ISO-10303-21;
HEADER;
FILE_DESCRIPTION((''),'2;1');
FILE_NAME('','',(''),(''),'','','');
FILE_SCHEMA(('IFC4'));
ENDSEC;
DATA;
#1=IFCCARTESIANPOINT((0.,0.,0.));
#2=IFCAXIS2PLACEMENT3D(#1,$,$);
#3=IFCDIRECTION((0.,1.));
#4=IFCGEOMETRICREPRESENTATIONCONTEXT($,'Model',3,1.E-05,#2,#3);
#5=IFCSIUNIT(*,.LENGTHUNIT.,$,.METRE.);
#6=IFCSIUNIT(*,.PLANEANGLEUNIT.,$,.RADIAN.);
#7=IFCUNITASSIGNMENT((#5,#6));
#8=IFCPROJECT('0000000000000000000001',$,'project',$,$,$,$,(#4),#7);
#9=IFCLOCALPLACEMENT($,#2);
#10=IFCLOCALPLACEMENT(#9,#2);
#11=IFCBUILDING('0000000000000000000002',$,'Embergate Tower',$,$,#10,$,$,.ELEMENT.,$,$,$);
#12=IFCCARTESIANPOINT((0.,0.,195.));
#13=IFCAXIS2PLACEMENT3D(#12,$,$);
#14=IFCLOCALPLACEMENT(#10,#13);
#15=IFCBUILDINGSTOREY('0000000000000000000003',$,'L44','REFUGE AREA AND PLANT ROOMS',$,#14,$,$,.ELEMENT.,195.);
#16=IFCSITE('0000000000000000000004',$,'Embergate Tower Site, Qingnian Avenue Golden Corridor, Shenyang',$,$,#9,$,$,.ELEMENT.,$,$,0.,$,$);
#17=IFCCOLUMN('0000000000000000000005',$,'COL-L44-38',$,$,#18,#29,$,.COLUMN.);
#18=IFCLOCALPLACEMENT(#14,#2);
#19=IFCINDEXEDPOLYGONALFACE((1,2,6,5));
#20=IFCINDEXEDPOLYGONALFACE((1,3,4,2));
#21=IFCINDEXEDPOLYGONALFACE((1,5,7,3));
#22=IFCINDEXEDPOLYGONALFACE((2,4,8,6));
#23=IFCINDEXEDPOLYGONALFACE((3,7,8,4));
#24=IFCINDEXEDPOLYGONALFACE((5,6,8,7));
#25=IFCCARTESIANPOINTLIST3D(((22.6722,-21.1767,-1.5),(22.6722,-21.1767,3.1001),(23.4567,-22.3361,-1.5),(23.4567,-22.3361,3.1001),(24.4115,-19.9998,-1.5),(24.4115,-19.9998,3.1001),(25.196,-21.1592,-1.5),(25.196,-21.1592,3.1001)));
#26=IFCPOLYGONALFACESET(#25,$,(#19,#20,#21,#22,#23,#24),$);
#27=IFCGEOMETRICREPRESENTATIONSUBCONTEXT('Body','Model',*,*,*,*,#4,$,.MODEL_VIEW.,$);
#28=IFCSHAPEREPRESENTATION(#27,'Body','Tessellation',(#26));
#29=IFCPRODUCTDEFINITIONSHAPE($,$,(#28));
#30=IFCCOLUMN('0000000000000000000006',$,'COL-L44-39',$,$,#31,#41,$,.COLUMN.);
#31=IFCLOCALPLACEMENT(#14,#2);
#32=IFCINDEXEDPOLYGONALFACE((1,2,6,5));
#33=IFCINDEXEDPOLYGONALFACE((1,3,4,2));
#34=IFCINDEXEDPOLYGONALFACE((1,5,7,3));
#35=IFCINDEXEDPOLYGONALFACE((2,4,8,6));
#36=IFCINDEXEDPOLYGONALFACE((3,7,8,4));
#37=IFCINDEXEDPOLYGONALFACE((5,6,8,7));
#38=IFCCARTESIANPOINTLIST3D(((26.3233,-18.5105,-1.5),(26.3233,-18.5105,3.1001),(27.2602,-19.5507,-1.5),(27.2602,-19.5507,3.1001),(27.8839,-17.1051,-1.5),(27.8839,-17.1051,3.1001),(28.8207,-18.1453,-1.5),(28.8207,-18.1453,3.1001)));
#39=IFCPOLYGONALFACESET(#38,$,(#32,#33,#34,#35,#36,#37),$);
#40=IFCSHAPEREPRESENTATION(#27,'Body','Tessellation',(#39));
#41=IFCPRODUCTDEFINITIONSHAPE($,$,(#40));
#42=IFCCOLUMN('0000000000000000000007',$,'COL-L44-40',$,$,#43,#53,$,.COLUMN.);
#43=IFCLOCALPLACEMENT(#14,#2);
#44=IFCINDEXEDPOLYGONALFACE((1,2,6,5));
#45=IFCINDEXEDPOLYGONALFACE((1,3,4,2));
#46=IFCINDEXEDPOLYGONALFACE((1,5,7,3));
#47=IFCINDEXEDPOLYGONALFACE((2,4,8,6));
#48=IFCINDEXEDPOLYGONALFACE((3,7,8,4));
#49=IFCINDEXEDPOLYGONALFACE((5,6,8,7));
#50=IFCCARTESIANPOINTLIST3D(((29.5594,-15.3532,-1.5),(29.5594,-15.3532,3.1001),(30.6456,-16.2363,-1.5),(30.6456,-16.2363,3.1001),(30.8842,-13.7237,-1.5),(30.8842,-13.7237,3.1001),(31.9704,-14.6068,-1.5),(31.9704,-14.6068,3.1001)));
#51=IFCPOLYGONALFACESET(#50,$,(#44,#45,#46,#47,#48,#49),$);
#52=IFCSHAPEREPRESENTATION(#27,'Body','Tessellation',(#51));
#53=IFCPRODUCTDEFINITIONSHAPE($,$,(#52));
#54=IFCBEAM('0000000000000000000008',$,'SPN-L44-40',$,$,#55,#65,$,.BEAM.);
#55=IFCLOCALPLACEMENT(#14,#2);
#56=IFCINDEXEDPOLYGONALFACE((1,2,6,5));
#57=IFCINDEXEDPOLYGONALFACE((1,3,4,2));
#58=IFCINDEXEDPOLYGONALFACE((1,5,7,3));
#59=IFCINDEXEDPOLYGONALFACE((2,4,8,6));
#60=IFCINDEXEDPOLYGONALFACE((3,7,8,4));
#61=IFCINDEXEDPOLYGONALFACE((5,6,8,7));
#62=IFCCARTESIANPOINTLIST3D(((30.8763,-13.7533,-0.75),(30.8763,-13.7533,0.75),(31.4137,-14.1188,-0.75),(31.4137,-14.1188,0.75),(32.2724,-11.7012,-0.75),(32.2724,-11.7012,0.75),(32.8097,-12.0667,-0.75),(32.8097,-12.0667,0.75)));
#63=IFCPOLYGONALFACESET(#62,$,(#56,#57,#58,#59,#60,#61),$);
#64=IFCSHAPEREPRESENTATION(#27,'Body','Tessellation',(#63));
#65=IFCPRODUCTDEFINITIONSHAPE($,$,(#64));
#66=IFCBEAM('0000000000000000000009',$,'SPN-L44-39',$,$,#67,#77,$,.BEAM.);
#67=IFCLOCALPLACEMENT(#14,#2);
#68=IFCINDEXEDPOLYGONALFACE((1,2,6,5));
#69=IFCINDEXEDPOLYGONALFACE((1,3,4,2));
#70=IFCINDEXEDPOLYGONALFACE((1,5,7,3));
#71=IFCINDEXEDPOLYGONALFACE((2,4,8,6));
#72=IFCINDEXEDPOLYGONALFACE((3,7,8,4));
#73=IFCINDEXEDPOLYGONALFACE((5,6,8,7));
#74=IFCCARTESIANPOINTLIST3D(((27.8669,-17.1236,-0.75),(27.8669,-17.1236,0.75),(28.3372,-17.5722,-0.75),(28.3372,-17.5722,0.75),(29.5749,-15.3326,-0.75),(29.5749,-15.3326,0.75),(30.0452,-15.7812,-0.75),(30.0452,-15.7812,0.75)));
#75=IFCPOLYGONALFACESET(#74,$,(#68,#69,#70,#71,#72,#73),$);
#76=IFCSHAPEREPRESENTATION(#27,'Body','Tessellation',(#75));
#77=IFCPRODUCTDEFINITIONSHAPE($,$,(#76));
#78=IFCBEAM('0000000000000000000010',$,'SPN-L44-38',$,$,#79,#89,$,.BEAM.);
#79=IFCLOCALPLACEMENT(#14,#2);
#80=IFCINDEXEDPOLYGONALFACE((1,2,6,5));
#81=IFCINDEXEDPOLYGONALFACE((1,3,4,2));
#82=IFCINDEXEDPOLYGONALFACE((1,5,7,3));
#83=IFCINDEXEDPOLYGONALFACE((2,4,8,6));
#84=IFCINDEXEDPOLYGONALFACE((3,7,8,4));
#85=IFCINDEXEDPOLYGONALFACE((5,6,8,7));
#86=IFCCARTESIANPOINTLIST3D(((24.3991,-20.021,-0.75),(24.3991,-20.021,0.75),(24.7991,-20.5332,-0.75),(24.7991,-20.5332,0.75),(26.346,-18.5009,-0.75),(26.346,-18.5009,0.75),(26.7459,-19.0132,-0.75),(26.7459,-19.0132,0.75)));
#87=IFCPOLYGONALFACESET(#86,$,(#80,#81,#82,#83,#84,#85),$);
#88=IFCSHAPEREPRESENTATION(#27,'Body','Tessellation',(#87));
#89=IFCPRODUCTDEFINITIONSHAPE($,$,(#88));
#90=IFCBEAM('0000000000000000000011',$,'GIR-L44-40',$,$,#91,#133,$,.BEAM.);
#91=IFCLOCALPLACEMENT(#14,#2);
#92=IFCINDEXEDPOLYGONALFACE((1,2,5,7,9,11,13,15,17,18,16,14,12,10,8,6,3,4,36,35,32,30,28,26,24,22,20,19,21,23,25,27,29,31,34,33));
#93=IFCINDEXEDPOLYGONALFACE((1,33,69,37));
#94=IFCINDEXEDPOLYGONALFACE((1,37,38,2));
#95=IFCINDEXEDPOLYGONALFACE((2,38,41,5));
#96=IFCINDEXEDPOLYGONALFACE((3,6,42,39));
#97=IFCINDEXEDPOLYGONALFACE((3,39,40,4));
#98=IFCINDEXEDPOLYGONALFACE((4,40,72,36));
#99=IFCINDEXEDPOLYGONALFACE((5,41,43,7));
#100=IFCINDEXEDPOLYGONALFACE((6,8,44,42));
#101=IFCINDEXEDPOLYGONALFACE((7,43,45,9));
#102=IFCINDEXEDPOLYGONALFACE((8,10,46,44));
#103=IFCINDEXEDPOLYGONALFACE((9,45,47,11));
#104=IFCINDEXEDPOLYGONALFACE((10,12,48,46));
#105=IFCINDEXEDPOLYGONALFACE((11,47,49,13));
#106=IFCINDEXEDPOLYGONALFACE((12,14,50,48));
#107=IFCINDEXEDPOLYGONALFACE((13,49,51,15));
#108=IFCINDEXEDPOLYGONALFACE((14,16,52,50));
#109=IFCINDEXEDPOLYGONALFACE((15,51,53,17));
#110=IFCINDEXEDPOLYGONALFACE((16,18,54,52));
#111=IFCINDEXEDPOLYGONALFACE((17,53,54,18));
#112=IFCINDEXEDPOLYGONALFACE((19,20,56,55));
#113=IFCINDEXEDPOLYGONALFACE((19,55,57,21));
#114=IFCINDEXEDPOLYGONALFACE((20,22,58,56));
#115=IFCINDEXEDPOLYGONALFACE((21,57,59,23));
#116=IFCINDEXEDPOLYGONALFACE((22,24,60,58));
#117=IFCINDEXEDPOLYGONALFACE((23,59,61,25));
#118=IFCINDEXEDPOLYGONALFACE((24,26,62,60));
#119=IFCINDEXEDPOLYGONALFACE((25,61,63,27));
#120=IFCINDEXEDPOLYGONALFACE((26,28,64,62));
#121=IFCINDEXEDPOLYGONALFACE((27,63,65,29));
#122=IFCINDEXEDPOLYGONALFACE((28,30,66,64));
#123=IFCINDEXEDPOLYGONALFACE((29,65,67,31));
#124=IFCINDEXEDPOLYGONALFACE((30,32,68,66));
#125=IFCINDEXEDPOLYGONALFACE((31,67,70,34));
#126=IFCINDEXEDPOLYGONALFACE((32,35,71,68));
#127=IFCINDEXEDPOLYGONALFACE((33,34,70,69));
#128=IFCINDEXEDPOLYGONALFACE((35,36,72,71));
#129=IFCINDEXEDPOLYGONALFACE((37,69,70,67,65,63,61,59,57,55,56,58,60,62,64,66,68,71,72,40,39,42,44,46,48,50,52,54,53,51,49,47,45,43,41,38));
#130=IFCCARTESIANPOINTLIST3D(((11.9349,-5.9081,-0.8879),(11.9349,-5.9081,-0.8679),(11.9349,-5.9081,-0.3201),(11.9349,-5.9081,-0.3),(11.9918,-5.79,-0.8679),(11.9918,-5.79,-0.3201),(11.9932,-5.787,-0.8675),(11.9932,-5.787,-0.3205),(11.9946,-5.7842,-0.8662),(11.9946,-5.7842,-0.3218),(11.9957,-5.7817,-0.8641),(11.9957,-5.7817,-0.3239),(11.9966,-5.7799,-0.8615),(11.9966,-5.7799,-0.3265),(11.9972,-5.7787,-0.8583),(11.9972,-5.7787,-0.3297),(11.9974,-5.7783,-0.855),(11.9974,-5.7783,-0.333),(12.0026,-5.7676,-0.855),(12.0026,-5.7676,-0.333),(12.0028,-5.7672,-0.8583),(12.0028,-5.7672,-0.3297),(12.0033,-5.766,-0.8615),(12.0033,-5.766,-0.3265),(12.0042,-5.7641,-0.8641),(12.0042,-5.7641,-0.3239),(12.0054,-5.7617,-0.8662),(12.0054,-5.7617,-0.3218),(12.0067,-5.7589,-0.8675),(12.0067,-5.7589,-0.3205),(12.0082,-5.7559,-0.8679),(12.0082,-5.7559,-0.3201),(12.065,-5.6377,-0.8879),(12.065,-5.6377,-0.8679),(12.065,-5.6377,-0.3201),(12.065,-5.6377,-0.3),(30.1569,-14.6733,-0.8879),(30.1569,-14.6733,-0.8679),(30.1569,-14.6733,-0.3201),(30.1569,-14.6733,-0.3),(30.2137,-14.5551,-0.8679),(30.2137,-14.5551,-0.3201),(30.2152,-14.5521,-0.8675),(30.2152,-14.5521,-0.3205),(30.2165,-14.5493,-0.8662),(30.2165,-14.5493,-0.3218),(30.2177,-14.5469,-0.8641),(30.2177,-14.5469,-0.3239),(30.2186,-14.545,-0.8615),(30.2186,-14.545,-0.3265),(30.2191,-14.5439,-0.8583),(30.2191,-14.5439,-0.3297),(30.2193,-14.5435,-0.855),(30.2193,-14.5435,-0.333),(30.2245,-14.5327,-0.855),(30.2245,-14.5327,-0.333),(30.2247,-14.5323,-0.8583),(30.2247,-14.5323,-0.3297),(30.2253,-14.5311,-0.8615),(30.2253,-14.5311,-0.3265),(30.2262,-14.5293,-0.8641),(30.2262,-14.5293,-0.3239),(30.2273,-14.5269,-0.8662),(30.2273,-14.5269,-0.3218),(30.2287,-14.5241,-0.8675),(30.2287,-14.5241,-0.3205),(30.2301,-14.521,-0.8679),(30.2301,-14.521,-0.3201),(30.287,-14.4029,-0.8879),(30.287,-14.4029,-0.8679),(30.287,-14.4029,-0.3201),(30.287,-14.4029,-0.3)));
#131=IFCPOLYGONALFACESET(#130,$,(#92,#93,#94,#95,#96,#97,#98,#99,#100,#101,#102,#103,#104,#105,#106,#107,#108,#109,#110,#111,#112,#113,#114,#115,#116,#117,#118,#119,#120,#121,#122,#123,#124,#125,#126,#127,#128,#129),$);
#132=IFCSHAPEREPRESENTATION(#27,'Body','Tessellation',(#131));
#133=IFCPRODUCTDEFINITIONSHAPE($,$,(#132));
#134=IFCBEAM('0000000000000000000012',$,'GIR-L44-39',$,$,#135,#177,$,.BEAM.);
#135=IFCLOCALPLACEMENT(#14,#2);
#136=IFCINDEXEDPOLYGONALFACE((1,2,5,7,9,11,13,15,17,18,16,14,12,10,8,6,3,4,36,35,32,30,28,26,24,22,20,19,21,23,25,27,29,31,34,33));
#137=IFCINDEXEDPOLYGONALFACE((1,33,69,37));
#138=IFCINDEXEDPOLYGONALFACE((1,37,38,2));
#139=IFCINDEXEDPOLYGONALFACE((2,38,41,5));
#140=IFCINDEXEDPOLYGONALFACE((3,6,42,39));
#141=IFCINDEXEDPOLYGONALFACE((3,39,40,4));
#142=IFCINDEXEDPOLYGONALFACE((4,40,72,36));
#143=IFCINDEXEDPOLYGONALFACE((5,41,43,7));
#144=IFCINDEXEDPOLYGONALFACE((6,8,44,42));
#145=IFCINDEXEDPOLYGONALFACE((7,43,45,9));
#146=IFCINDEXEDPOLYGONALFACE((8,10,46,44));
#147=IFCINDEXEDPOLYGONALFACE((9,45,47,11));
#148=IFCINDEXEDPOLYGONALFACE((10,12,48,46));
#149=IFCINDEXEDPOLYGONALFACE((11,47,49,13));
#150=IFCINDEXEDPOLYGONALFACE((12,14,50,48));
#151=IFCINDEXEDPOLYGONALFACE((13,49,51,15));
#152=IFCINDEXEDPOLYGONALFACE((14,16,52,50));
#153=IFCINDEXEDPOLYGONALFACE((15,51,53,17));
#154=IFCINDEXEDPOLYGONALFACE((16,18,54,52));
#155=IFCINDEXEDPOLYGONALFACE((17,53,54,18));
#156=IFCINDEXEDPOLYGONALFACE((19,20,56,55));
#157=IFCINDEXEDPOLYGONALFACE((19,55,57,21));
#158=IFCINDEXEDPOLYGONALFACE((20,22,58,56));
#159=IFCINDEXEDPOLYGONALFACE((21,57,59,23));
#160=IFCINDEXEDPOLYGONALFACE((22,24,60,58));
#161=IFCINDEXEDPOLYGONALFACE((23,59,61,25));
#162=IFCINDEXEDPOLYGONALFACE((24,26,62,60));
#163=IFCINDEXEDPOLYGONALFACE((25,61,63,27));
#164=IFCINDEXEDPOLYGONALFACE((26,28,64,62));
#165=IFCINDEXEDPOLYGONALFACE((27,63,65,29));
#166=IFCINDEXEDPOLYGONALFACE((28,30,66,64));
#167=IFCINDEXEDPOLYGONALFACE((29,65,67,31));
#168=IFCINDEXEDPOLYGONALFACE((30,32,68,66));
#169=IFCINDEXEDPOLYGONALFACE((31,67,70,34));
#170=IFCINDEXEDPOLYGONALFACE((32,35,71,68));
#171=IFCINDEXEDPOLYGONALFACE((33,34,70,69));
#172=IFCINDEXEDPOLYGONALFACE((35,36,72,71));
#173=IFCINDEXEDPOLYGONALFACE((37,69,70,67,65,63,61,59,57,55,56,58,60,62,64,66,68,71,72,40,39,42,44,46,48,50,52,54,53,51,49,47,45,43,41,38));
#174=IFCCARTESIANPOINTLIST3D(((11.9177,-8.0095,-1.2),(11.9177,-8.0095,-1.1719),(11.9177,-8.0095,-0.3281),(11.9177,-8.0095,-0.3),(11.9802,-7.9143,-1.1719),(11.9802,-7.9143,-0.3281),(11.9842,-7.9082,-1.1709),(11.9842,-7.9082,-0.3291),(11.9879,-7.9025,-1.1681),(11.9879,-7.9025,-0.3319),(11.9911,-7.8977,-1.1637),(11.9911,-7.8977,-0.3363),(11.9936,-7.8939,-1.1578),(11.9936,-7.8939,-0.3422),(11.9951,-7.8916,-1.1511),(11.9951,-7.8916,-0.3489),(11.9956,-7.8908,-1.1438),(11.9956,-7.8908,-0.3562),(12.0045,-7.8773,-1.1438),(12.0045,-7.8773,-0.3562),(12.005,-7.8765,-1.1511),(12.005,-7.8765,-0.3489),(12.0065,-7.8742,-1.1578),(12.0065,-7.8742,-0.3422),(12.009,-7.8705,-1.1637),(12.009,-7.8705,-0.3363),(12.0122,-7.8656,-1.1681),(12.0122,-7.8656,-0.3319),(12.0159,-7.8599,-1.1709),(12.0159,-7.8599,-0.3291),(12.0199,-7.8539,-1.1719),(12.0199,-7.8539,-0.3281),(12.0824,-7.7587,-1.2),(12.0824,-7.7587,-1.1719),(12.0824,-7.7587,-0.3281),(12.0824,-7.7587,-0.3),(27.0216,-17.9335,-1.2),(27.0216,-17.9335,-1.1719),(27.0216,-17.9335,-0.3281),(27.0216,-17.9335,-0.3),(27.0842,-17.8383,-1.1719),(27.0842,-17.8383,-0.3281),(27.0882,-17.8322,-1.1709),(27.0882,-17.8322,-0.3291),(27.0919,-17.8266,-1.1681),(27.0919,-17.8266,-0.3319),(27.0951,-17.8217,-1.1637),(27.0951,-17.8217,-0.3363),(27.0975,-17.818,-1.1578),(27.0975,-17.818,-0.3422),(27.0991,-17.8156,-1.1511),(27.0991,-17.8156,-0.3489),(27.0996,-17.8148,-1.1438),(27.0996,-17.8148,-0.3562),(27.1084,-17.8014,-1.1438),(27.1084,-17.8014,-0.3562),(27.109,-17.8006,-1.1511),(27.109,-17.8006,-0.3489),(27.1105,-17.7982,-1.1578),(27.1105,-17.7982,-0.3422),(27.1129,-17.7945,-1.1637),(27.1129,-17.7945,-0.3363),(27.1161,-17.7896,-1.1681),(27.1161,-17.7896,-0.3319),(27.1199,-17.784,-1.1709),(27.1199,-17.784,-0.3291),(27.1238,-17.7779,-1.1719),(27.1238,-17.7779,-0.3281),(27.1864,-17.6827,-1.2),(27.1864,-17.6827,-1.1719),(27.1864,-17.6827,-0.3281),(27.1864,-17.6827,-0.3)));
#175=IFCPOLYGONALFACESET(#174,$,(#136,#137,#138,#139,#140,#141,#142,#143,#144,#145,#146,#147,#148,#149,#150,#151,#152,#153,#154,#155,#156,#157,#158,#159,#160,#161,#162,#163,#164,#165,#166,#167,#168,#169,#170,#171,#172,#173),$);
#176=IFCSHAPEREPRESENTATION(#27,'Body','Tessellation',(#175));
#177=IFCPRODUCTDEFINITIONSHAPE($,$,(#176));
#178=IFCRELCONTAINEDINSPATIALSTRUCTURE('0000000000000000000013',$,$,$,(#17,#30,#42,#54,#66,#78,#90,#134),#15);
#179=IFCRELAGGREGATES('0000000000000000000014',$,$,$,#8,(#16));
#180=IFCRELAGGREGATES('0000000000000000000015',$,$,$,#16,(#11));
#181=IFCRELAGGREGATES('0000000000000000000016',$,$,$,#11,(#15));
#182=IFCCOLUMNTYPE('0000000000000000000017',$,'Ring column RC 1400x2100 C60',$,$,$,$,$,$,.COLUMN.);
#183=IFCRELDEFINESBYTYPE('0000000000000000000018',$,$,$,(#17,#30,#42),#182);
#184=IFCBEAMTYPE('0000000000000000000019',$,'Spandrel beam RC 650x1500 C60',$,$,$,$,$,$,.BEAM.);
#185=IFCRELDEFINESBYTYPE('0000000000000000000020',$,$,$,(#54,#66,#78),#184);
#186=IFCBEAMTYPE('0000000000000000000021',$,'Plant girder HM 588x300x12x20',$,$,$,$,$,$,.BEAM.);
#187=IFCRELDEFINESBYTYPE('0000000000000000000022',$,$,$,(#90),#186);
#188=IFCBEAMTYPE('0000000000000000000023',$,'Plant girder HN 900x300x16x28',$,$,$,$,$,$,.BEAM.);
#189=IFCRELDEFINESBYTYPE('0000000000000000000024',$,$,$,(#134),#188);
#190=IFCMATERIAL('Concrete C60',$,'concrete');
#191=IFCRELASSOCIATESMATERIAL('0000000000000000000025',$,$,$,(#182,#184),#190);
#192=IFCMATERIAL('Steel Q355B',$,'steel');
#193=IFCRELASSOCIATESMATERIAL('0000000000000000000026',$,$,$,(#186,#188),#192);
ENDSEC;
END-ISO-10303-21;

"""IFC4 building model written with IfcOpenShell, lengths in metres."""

from ifc_helpers import new_model, si_unit, direction, frame, origin, origin_2d, place, context, subcontext, project, spatial, rectangle, i_section, extrude, source, transform, mapped, material, material_profile, profile_set, type_object, element, save


model = new_model("IFC4")

# Units and contexts
model_context = context("Model", 3, precision=1e-05, world=origin(), true_north=direction((0.0, 1.0)))
body_context = subcontext(model_context, "Body", "Model", "MODEL_VIEW")
ifc_project = project(units=[si_unit("LENGTHUNIT", "METRE"), si_unit("PLANEANGLEUNIT", "RADIAN")], contexts=[model_context])

# Site, building, storey
site_placement = place(None, origin())
site = spatial("IfcSite", under=ifc_project, at=site_placement, Name="Embergate Tower Site, Qingnian Avenue Golden Corridor, Shenyang", CompositionType="ELEMENT", RefElevation=0.0)
building_placement = place(site_placement, origin())
building = spatial("IfcBuilding", under=site, at=building_placement, Name="Embergate Tower", CompositionType="ELEMENT")
storey_placement = place(building_placement, frame((0.0, 0.0, 195.0)))
storey = spatial("IfcBuildingStorey", under=building, at=storey_placement, Name="L44", Description="REFUGE AREA AND PLANT ROOMS", CompositionType="ELEMENT", Elevation=195.0)

# Columns
ifc_material_1 = material(Name="Concrete C60", Category="concrete")
ifc_material_profile_1 = material_profile(ifc_material_1, rectangle(XDim=1.3999, YDim=2.1001, at=origin_2d()), Name="RC 1400x2100")
ifc_profile_set_1 = profile_set([ifc_material_profile_1], Name="Concrete C60")
column_type = type_object("IfcColumnType", Name="Ring column RC 1400x2100 C60", PredefinedType="COLUMN", material=ifc_profile_set_1)
shared_shape_1 = source(origin(), body_context, "Body", "SweptSolid", [
    extrude(rectangle(XDim=1.3999, YDim=2.1001, at=origin_2d()), origin(), (0.0, 0.0, 1.0), 4.6001),
])
for number, where, z_axis, x_axis, name in (
    (1, (23.9341, -21.168, -1.5), (0.0, 0.0, 1.0), (0.560393, -0.828227, 0.0), "COL-L44-38"),
    (2, (27.572, -18.3279, -1.5), (0.0, 0.0, 1.0), (0.669208, -0.743075, 0.0), "COL-L44-39"),
    (3, (30.7649, -14.98, -1.5), (0.0, 0.0, 1.0), (0.775914, -0.630838, 0.0), "COL-L44-40"),
):
    element("IfcColumn", number, at=place(storey_placement, frame(where, z_axis=z_axis, x_axis=x_axis)), inside=storey, type_object=column_type, Name=name, PredefinedType="COLUMN", context=body_context, shape_type="MappedRepresentation", body=[
        mapped(shared_shape_1, transform((0.0, 0.0, 0.0))),
    ])

# Beams
ifc_material_profile_2 = material_profile(ifc_material_1, rectangle(XDim=0.6499, YDim=1.5, at=origin_2d()), Name="RC 650x1500")
ifc_profile_set_2 = profile_set([ifc_material_profile_2], Name="Concrete C60")
beam_type_1 = type_object("IfcBeamType", Name="Spandrel beam RC 650x1500 C60", PredefinedType="BEAM", material=ifc_profile_set_2)
shared_shape_2 = source(origin(), body_context, "Body", "SweptSolid", [
    extrude(rectangle(XDim=0.6499, YDim=1.5, at=origin_2d()), origin(), (0.0, 0.0, 1.0), 2.4819),
])
beam_1_placement = place(storey_placement, frame((31.145, -13.936, 0.0), z_axis=(0.562485, 0.826808, 0.0), x_axis=(-0.826808, 0.562485, 0.0)))
element("IfcBeam", 4, at=beam_1_placement, inside=storey, type_object=beam_type_1, Name="SPN-L44-40", PredefinedType="BEAM", context=body_context, shape_type="MappedRepresentation", body=[
    mapped(shared_shape_2, transform((0.0, 0.0, 0.0))),
])
shared_shape_3 = source(origin(), body_context, "Body", "SweptSolid", [
    extrude(rectangle(XDim=0.6499, YDim=1.5, at=origin_2d()), origin(), (0.0, 0.0, 1.0), 2.4749),
])
beam_2_placement = place(storey_placement, frame((28.1021, -17.3479, 0.0), z_axis=(0.690138, 0.723678, 0.0), x_axis=(-0.723678, 0.690138, 0.0)))
element("IfcBeam", 5, at=beam_2_placement, inside=storey, type_object=beam_type_1, Name="SPN-L44-39", PredefinedType="BEAM", context=body_context, shape_type="MappedRepresentation", body=[
    mapped(shared_shape_3, transform((0.0, 0.0, 0.0))),
])
shared_shape_4 = source(origin(), body_context, "Body", "SweptSolid", [
    extrude(rectangle(XDim=0.6499, YDim=1.5, at=origin_2d()), origin(), (0.0, 0.0, 1.0), 2.47),
])
beam_3_placement = place(storey_placement, frame((24.5991, -20.2771, 0.0), z_axis=(0.788201, 0.615418, 0.0), x_axis=(-0.615418, 0.788201, 0.0)))
element("IfcBeam", 6, at=beam_3_placement, inside=storey, type_object=beam_type_1, Name="SPN-L44-38", PredefinedType="BEAM", context=body_context, shape_type="MappedRepresentation", body=[
    mapped(shared_shape_4, transform((0.0, 0.0, 0.0))),
])
ifc_material_2 = material(Name="Steel Q355B", Category="steel")
ifc_material_profile_3 = material_profile(ifc_material_2, i_section(OverallWidth=0.3, OverallDepth=0.5879, WebThickness=0.012, FlangeThickness=0.02, FilletRadius=0.0129, at=origin_2d()), Name="HM 588x300x12x20")
ifc_profile_set_3 = profile_set([ifc_material_profile_3], Name="Steel Q355 grade B")
beam_type_2 = type_object("IfcBeamType", Name="Plant girder HM 588x300x12x20", PredefinedType="BEAM", material=ifc_profile_set_3)
shared_shape_5 = source(origin(), body_context, "Body", "SweptSolid", [
    extrude(i_section(OverallWidth=0.3, OverallDepth=0.5879, WebThickness=0.012, FlangeThickness=0.02, FilletRadius=0.0129, at=origin_2d()), origin(), (0.0, 0.0, 1.0), 20.2205),
])
beam_4_placement = place(storey_placement, frame((30.2219, -14.5381, -0.594), z_axis=(-0.901164, 0.433479, 0.0), x_axis=(-0.433479, -0.901164, 0.0)))
element("IfcBeam", 7, at=beam_4_placement, inside=storey, type_object=beam_type_2, Name="GIR-L44-40", PredefinedType="BEAM", context=body_context, shape_type="MappedRepresentation", body=[
    mapped(shared_shape_5, transform((0.0, 0.0, 0.0))),
])
ifc_material_profile_4 = material_profile(ifc_material_2, i_section(OverallWidth=0.3, OverallDepth=0.8999, WebThickness=0.0161, FlangeThickness=0.0281, FilletRadius=0.0281, at=origin_2d()), Name="HN 900x300x16x28")
ifc_profile_set_4 = profile_set([ifc_material_profile_4], Name="Steel Q355 grade B")
beam_type_3 = type_object("IfcBeamType", Name="Plant girder HN 900x300x16x28", PredefinedType="BEAM", material=ifc_profile_set_4)
shared_shape_6 = source(origin(), body_context, "Body", "SweptSolid", [
    extrude(i_section(OverallWidth=0.3, OverallDepth=0.8999, WebThickness=0.0161, FlangeThickness=0.0281, FilletRadius=0.0281, at=origin_2d()), origin(), (0.0, 0.0, 1.0), 18.0725),
])
beam_5_placement = place(storey_placement, frame((27.104, -17.8081, -0.75), z_axis=(-0.835741, 0.549123, 0.0), x_axis=(-0.549123, -0.835741, 0.0)))
element("IfcBeam", 8, at=beam_5_placement, inside=storey, type_object=beam_type_3, Name="GIR-L44-39", PredefinedType="BEAM", context=body_context, shape_type="MappedRepresentation", body=[
    mapped(shared_shape_6, transform((0.0, 0.0, 0.0))),
])

save(model, "model.ifc")
